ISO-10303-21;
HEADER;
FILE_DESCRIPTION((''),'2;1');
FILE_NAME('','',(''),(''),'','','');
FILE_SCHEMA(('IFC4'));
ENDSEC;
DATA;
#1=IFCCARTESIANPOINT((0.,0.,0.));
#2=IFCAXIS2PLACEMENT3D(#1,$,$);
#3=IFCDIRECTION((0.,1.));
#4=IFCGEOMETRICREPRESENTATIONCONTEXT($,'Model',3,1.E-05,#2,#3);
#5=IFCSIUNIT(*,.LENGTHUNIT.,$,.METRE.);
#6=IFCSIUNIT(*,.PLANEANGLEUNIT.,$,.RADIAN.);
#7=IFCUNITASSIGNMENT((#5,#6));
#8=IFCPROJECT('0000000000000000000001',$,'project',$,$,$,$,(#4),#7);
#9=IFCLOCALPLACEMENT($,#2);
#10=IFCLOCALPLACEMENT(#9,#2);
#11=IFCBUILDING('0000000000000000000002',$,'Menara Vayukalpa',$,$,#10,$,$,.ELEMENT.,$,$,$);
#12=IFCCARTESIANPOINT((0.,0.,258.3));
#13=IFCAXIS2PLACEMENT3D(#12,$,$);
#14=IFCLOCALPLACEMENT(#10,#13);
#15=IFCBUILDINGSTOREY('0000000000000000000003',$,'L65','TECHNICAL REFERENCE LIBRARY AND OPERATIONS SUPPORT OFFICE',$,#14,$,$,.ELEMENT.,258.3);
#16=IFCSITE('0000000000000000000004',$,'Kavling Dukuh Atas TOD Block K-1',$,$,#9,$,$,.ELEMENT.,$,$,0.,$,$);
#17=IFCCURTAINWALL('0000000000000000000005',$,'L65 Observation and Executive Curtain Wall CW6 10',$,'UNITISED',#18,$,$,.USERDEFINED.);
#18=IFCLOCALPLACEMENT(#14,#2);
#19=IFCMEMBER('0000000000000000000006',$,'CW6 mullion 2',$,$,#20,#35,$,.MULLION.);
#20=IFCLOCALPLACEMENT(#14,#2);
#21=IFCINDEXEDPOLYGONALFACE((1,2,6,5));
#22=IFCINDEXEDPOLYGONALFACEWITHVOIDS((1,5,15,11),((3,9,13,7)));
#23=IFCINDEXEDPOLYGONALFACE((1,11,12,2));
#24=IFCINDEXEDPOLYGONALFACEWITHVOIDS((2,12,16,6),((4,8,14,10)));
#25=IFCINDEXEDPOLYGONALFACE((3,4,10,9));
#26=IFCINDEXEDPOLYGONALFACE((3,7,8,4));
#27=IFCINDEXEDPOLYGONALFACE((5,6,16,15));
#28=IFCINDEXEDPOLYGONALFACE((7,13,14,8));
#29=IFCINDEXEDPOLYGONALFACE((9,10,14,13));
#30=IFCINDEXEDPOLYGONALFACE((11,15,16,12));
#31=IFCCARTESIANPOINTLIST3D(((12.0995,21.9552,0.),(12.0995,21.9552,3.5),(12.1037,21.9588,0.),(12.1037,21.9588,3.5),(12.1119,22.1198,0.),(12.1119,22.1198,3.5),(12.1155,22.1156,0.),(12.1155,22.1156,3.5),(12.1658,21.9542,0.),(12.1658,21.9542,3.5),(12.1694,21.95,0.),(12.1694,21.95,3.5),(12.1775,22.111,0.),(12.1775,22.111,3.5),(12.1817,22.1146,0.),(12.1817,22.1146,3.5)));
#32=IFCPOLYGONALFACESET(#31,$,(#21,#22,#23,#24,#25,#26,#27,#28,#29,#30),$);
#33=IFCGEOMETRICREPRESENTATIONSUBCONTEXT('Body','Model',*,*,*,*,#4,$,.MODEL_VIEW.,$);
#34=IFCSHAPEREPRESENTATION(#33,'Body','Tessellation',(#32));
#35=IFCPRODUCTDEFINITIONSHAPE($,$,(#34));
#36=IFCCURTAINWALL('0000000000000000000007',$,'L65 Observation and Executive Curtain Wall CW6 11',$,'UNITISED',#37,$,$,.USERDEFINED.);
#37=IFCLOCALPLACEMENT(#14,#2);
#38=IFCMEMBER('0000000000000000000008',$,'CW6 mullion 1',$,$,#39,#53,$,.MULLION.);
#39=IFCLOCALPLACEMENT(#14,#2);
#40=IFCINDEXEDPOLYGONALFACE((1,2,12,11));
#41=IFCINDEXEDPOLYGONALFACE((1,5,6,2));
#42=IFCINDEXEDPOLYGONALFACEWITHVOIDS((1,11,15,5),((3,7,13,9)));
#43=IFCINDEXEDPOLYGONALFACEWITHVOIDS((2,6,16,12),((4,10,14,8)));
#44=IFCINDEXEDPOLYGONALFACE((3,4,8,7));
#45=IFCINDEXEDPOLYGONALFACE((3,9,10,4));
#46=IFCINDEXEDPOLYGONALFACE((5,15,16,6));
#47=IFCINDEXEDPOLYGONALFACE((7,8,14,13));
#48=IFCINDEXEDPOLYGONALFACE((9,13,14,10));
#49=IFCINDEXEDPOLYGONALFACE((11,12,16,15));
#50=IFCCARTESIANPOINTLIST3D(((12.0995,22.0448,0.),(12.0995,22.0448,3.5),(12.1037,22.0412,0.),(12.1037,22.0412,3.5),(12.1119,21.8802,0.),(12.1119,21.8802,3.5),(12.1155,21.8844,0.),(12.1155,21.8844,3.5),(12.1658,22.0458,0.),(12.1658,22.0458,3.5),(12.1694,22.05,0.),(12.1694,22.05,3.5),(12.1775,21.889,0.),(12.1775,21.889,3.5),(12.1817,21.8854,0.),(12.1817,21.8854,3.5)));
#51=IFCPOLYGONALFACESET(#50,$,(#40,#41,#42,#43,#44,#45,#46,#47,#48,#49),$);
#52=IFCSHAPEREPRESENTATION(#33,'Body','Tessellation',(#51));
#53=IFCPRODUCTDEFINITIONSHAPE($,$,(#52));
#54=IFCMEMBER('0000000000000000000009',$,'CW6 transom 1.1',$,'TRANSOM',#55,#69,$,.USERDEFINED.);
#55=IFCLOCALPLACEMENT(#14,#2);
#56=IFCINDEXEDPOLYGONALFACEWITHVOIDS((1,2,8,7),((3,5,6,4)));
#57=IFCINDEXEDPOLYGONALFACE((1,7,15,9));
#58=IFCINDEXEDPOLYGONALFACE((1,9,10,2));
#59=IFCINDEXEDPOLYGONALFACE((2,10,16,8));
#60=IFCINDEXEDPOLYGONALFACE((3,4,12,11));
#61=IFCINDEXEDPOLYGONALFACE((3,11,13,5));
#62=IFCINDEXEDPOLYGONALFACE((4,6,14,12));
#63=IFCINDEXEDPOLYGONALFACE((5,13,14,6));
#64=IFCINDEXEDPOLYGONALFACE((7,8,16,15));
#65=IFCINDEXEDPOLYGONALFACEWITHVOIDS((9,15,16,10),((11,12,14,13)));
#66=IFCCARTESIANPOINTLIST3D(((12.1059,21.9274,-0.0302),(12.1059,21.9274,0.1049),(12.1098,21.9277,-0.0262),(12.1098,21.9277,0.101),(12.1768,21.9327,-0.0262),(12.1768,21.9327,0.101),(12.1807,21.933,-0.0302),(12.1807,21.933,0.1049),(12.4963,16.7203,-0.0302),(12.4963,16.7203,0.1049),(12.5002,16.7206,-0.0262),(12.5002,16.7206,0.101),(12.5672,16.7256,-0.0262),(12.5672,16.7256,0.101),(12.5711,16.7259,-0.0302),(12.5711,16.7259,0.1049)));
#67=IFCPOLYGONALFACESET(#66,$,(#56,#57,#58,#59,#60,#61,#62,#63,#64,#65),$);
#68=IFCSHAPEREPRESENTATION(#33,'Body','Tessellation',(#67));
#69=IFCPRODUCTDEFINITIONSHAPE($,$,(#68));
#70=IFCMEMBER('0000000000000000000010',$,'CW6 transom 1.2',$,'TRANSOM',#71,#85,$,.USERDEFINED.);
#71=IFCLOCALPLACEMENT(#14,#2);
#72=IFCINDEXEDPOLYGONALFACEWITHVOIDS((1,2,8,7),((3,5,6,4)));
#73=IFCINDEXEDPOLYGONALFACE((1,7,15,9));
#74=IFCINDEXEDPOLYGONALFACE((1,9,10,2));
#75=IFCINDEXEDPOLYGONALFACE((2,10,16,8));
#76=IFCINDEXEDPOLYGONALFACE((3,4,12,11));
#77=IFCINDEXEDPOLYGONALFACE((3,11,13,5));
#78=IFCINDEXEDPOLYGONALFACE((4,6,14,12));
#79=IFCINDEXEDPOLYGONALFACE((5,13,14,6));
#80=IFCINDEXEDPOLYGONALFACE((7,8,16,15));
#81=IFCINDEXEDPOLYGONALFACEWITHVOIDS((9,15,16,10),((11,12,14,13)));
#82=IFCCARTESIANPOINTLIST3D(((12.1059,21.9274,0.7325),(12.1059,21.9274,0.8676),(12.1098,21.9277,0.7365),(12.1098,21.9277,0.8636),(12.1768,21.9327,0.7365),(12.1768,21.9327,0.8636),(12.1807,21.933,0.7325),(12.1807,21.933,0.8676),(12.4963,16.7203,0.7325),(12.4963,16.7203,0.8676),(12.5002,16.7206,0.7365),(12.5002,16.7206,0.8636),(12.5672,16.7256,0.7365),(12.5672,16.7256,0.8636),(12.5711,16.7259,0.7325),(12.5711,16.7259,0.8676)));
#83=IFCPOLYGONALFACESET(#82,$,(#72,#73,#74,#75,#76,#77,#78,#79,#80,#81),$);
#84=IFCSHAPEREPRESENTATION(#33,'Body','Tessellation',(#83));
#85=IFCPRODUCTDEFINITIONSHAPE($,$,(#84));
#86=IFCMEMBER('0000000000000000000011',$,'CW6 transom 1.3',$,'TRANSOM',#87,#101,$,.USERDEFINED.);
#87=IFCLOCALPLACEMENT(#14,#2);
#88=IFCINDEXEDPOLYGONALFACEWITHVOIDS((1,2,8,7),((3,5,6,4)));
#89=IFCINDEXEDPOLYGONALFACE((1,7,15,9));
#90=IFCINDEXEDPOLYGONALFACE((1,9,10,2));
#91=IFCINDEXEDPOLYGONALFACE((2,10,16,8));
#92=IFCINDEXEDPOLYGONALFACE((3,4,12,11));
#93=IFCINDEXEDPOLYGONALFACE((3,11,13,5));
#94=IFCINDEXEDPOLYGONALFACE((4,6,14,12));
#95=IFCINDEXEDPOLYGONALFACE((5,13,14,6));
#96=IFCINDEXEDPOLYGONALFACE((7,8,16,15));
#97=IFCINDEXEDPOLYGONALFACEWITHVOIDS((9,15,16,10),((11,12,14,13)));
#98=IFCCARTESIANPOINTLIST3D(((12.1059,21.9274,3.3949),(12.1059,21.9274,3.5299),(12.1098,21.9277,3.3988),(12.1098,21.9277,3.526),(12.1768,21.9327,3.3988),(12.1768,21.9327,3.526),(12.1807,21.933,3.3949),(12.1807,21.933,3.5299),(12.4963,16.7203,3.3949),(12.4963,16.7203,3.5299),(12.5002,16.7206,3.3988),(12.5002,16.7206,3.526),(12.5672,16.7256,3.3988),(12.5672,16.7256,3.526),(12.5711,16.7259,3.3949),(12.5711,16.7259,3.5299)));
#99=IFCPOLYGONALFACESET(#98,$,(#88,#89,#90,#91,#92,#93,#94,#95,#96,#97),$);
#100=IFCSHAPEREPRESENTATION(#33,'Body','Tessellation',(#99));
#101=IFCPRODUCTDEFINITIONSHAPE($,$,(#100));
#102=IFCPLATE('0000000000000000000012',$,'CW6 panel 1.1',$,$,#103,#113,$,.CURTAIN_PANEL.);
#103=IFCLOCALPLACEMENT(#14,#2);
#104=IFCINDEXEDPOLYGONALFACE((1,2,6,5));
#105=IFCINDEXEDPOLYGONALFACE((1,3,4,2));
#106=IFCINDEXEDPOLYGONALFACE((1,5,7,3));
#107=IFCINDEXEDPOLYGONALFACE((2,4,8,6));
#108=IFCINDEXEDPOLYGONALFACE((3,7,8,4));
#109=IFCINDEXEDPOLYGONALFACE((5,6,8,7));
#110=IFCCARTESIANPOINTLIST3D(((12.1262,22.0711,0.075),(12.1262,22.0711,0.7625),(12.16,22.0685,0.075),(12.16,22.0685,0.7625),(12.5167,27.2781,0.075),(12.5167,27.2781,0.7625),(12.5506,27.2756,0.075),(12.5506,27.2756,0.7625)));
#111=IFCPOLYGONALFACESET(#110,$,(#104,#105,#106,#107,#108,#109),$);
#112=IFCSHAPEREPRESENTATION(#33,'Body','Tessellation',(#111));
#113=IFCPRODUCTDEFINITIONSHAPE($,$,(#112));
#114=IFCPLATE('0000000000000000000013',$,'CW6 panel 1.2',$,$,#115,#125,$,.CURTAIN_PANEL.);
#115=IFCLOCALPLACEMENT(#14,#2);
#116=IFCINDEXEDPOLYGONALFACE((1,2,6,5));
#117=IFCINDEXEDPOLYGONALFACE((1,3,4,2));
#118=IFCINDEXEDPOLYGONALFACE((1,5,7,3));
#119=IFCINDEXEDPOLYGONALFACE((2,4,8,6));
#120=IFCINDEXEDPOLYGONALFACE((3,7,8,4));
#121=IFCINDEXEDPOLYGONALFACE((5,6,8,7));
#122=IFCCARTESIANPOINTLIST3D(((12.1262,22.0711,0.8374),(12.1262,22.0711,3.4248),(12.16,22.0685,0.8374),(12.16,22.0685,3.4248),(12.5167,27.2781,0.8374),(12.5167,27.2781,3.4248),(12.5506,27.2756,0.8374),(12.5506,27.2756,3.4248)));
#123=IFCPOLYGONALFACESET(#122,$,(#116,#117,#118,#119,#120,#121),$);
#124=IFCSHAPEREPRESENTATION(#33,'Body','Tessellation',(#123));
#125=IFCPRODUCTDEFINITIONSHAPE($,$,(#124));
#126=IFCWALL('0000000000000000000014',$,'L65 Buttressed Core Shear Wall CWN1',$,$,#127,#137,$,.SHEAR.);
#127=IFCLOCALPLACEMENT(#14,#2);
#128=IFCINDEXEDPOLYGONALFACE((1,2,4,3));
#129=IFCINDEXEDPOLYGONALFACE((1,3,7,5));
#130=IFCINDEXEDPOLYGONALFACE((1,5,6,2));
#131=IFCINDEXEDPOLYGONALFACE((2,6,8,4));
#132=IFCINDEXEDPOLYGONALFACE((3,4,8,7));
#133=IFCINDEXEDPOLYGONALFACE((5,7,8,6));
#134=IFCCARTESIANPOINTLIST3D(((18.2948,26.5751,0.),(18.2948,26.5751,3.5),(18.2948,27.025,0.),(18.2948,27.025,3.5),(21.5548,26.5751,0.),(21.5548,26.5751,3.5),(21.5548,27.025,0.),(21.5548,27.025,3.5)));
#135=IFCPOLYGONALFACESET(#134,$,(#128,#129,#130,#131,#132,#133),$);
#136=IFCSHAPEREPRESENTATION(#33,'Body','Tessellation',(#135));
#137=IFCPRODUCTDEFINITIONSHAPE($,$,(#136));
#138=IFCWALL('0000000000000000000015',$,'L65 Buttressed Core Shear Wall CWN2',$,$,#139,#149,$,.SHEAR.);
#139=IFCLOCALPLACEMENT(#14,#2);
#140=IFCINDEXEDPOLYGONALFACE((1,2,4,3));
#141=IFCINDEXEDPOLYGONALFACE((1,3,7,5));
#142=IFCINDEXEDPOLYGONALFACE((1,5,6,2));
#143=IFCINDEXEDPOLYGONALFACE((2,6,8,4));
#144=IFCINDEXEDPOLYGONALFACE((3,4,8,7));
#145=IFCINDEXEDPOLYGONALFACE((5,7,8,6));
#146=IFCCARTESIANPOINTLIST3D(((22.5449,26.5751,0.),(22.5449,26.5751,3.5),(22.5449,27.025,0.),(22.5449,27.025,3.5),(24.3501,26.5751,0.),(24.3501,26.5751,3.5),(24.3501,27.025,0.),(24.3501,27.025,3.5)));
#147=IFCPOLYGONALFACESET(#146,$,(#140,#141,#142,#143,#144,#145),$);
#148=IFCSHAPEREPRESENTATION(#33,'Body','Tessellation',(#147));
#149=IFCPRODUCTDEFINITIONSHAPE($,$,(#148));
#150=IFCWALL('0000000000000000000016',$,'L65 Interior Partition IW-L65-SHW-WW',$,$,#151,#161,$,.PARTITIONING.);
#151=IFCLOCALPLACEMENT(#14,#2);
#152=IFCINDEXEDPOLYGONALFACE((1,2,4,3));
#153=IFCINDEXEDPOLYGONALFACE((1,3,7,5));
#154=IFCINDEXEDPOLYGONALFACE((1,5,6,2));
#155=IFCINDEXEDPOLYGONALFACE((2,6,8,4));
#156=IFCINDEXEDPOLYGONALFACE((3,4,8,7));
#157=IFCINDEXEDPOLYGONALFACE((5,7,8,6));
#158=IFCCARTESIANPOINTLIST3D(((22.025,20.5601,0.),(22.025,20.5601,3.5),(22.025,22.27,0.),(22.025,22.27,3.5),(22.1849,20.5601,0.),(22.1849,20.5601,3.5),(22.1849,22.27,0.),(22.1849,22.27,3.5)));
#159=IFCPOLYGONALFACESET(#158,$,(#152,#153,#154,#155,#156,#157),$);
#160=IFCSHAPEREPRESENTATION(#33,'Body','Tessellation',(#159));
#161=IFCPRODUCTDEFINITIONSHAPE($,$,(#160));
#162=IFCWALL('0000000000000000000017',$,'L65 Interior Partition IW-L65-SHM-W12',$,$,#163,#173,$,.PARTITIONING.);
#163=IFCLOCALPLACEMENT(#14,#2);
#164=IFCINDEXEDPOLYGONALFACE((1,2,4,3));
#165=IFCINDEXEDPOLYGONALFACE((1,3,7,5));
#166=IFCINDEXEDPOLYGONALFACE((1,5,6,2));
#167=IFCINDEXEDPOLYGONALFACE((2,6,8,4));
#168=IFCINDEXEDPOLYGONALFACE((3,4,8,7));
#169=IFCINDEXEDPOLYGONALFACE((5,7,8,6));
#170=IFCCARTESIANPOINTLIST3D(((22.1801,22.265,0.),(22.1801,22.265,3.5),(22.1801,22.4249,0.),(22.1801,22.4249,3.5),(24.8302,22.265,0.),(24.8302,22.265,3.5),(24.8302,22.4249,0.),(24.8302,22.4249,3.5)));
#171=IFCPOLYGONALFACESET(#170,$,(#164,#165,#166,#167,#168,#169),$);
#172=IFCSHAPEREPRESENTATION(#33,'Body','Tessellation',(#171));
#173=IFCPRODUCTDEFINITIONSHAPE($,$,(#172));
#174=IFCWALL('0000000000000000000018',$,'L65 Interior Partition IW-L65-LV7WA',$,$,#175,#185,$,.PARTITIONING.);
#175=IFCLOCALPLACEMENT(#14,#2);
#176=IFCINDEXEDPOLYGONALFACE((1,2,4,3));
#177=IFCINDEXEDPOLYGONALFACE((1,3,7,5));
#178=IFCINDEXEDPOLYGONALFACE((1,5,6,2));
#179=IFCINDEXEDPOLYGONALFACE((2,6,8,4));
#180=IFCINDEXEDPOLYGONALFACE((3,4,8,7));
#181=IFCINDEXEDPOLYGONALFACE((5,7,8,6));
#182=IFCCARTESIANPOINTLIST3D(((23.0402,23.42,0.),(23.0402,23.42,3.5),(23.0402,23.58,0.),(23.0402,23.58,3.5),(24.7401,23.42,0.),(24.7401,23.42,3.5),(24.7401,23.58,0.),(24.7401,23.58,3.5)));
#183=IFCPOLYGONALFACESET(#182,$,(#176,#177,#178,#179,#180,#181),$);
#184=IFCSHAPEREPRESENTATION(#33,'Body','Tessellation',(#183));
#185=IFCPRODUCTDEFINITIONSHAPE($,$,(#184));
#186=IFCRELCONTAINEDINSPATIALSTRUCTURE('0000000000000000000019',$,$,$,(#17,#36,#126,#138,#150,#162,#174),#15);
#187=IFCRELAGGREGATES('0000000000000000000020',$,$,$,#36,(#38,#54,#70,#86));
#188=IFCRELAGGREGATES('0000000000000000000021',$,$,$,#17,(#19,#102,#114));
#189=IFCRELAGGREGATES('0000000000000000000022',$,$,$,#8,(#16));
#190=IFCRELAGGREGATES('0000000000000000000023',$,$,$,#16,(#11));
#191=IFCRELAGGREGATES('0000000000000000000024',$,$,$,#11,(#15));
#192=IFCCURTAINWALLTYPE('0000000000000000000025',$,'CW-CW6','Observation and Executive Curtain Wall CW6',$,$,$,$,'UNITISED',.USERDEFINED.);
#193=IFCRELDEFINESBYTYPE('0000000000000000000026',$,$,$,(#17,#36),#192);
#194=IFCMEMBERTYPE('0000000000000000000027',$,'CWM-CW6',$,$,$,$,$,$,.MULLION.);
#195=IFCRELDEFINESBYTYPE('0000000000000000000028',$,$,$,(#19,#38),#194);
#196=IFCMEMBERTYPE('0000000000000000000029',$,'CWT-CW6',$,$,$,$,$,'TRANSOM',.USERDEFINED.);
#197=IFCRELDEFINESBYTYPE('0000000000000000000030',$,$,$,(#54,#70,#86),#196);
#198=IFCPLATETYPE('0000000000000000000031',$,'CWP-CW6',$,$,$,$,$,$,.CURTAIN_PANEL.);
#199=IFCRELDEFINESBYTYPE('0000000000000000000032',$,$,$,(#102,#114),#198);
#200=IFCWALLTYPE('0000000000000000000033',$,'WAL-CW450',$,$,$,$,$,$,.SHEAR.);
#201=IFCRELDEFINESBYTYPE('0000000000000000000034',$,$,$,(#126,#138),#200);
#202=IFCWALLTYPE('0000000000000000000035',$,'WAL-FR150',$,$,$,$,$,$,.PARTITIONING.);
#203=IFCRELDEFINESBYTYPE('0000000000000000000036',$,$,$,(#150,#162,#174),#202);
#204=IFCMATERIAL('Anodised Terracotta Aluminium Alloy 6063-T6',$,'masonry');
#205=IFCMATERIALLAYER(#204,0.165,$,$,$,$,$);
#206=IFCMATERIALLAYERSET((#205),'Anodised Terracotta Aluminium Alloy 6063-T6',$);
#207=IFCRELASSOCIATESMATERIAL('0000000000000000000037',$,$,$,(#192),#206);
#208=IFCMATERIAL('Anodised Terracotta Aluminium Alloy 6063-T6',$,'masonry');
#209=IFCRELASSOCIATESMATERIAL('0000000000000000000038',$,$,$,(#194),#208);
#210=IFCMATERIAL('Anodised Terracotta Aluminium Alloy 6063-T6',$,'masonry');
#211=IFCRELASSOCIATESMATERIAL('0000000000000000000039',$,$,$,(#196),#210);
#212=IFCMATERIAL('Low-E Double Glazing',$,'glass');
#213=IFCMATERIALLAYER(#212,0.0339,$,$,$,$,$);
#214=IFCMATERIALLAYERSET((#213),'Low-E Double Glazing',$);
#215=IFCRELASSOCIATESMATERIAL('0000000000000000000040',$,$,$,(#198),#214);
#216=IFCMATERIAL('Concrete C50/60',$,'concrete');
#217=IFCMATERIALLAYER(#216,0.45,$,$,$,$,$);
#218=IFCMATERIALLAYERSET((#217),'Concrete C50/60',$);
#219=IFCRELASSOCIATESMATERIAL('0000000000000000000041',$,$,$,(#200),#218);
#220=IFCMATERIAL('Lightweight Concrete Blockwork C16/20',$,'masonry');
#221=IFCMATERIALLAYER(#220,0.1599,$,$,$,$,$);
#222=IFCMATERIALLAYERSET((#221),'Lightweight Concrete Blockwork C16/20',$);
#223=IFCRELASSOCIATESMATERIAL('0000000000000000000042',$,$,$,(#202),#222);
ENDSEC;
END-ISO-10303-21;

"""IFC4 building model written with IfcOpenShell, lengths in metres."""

from ifc_helpers import new_model, si_unit, direction, frame, frame_2d, origin, origin_2d, place, context, subcontext, project, spatial, rectangle, hollow_rectangle, extrude, material, layer, layer_set, material_profile, profile_set, type_object, element, aggregate, save


model = new_model("IFC4")

# Units and contexts
model_context = context("Model", 3, precision=1e-05, world=origin(), true_north=direction((0.0, 1.0)))
body_context = subcontext(model_context, "Body", "Model", "MODEL_VIEW")
ifc_project = project(units=[si_unit("LENGTHUNIT", "METRE"), si_unit("PLANEANGLEUNIT", "RADIAN")], contexts=[model_context])

# Site, building, storey
site_placement = place(None, origin())
site = spatial("IfcSite", under=ifc_project, at=site_placement, Name="Kavling Dukuh Atas TOD Block K-1", CompositionType="ELEMENT", RefElevation=0.0)
building_placement = place(site_placement, origin())
building = spatial("IfcBuilding", under=site, at=building_placement, Name="Menara Vayukalpa", CompositionType="ELEMENT")
storey_placement = place(building_placement, frame((0.0, 0.0, 258.3)))
storey = spatial("IfcBuildingStorey", under=building, at=storey_placement, Name="L65", Description="TECHNICAL REFERENCE LIBRARY AND OPERATIONS SUPPORT OFFICE", CompositionType="ELEMENT", Elevation=258.3)

# Curtain wall, member
ifc_material_1 = material(Name="Anodised Terracotta Aluminium Alloy 6063-T6", Category="masonry")
ifc_layer_1 = layer(ifc_material_1, 0.165)
ifc_layer_set_1 = layer_set([ifc_layer_1], Name="Anodised Terracotta Aluminium Alloy 6063-T6")
curtain_wall_type = type_object("IfcCurtainWallType", Name="CW-CW6", Description="Observation and Executive Curtain Wall CW6", ElementType="UNITISED", PredefinedType="USERDEFINED", material=ifc_layer_set_1)
curtain_wall_1_placement = place(storey_placement, origin())
curtain_wall_1 = element("IfcCurtainWall", 1, at=curtain_wall_1_placement, inside=storey, type_object=curtain_wall_type, Name="L65 Observation and Executive Curtain Wall CW6 10", ObjectType="UNITISED", PredefinedType="USERDEFINED")
ifc_material_2 = material(Name="Anodised Terracotta Aluminium Alloy 6063-T6", Category="masonry")
ifc_material_profile_1 = material_profile(ifc_material_2, hollow_rectangle(XDim=0.0701, YDim=0.165, WallThickness=0.0039, at=origin_2d()), Name="ALU 70x165x4")
ifc_profile_set_1 = profile_set([ifc_material_profile_1], Name="Anodised Terracotta Aluminium Alloy 6063-T6")
member_type_1 = type_object("IfcMemberType", Name="CWM-CW6", PredefinedType="MULLION", material=ifc_profile_set_1)
member_1_placement = place(storey_placement, frame((12.1406, 22.0349, 0.0), z_axis=(0.0, 0.0, 1.0), x_axis=(0.997199, -0.074789, 0.0)))
member_1 = element("IfcMember", 2, at=member_1_placement, type_object=member_type_1, Name="CW6 mullion 2", PredefinedType="MULLION", context=body_context, shape_type="SweptSolid", body=[
    extrude(hollow_rectangle(XDim=0.0701, YDim=0.165, WallThickness=0.0039, at=origin_2d()), origin(), (0.0, 0.0, 1.0), 3.5),
])

# Curtain wall, members
curtain_wall_2_placement = place(storey_placement, origin())
curtain_wall_2 = element("IfcCurtainWall", 3, at=curtain_wall_2_placement, inside=storey, type_object=curtain_wall_type, Name="L65 Observation and Executive Curtain Wall CW6 11", ObjectType="UNITISED", PredefinedType="USERDEFINED")
member_2_placement = place(storey_placement, frame((12.1406, 21.9651, 0.0), z_axis=(0.0, 0.0, 1.0), x_axis=(0.997199, 0.074789, 0.0)))
member_2 = element("IfcMember", 4, at=member_2_placement, type_object=member_type_1, Name="CW6 mullion 1", PredefinedType="MULLION", context=body_context, shape_type="SweptSolid", body=[
    extrude(hollow_rectangle(XDim=0.0701, YDim=0.165, WallThickness=0.0039, at=origin_2d()), origin(), (0.0, 0.0, 1.0), 3.5),
])
ifc_material_3 = material(Name="Anodised Terracotta Aluminium Alloy 6063-T6", Category="masonry")
ifc_material_profile_2 = material_profile(ifc_material_3, hollow_rectangle(XDim=0.075, YDim=0.135, WallThickness=0.0039, at=origin_2d()), Name="ALU 75x135x4")
ifc_profile_set_2 = profile_set([ifc_material_profile_2], Name="Anodised Terracotta Aluminium Alloy 6063-T6")
member_type_2 = type_object("IfcMemberType", Name="CWT-CW6", ElementType="TRANSOM", PredefinedType="USERDEFINED", material=ifc_profile_set_2)
member_3_placement = place(storey_placement, frame((12.1433, 21.9302, 0.0374), z_axis=(0.074762, -0.997201, 0.0), x_axis=(0.997201, 0.074762, 0.0)))
member_3 = element("IfcMember", 5, at=member_3_placement, type_object=member_type_2, Name="CW6 transom 1.1", ObjectType="TRANSOM", PredefinedType="USERDEFINED", context=body_context, shape_type="SweptSolid", body=[
    extrude(hollow_rectangle(XDim=0.075, YDim=0.135, WallThickness=0.0039, at=origin_2d()), origin(), (0.0, 0.0, 1.0), 5.2217),
])
member_4_placement = place(storey_placement, frame((12.1433, 21.9302, 0.8), z_axis=(0.074762, -0.997201, 0.0), x_axis=(0.997201, 0.074762, 0.0)))
member_4 = element("IfcMember", 6, at=member_4_placement, type_object=member_type_2, Name="CW6 transom 1.2", ObjectType="TRANSOM", PredefinedType="USERDEFINED", context=body_context, shape_type="SweptSolid", body=[
    extrude(hollow_rectangle(XDim=0.075, YDim=0.135, WallThickness=0.0039, at=origin_2d()), origin(), (0.0, 0.0, 1.0), 5.2217),
])
member_5_placement = place(storey_placement, frame((12.1433, 21.9302, 3.4624), z_axis=(0.074762, -0.997201, 0.0), x_axis=(0.997201, 0.074762, 0.0)))
member_5 = element("IfcMember", 7, at=member_5_placement, type_object=member_type_2, Name="CW6 transom 1.3", ObjectType="TRANSOM", PredefinedType="USERDEFINED", context=body_context, shape_type="SweptSolid", body=[
    extrude(hollow_rectangle(XDim=0.075, YDim=0.135, WallThickness=0.0039, at=origin_2d()), origin(), (0.0, 0.0, 1.0), 5.2217),
])
aggregate(curtain_wall_2, [member_2, member_3, member_4, member_5])

# Plates
ifc_material_4 = material(Name="Low-E Double Glazing", Category="glass")
ifc_layer_2 = layer(ifc_material_4, 0.0339)
ifc_layer_set_2 = layer_set([ifc_layer_2], Name="Low-E Double Glazing")
plate_type = type_object("IfcPlateType", Name="CWP-CW6", PredefinedType="CURTAIN_PANEL", material=ifc_layer_set_2)
plate_1_placement = place(storey_placement, frame((12.3384, 24.6733, 0.075), z_axis=(0.0, 0.0, 1.0), x_axis=(-0.074789, -0.997199, 0.0)))
plate_1 = element("IfcPlate", 8, at=plate_1_placement, type_object=plate_type, Name="CW6 panel 1.1", PredefinedType="CURTAIN_PANEL", context=body_context, shape_type="SweptSolid", body=[
    extrude(rectangle(XDim=5.2217, YDim=0.0339, at=origin_2d()), origin(), (0.0, 0.0, 1.0), 0.6875),
])
plate_2_placement = place(storey_placement, frame((12.3384, 24.6733, 0.8374), z_axis=(0.0, 0.0, 1.0), x_axis=(-0.074789, -0.997199, 0.0)))
plate_2 = element("IfcPlate", 9, at=plate_2_placement, type_object=plate_type, Name="CW6 panel 1.2", PredefinedType="CURTAIN_PANEL", context=body_context, shape_type="SweptSolid", body=[
    extrude(rectangle(XDim=5.2217, YDim=0.0339, at=origin_2d()), origin(), (0.0, 0.0, 1.0), 2.5874),
])
aggregate(curtain_wall_1, [member_1, plate_1, plate_2])

# Walls
ifc_material_5 = material(Name="Concrete C50/60", Category="concrete")
ifc_layer_3 = layer(ifc_material_5, 0.45)
ifc_layer_set_3 = layer_set([ifc_layer_3], Name="Concrete C50/60")
wall_type_1 = type_object("IfcWallType", Name="WAL-CW450", PredefinedType="SHEAR", material=ifc_layer_set_3)
wall_1_placement = place(storey_placement, frame((18.2949, 26.8, 0.0), z_axis=(0.0, 0.0, 1.0), x_axis=(1.0, 0.0, 0.0)))
element("IfcWall", 10, at=wall_1_placement, inside=storey, type_object=wall_type_1, Name="L65 Buttressed Core Shear Wall CWN1", PredefinedType="SHEAR", context=body_context, shape_type="SweptSolid", body=[
    extrude(rectangle(XDim=3.26, YDim=0.45, at=frame_2d((1.6299, 0.0))), origin(), (0.0, 0.0, 1.0), 3.5),
])
wall_2_placement = place(storey_placement, frame((22.5449, 26.8, 0.0), z_axis=(0.0, 0.0, 1.0), x_axis=(1.0, 0.0, 0.0)))
element("IfcWall", 11, at=wall_2_placement, inside=storey, type_object=wall_type_1, Name="L65 Buttressed Core Shear Wall CWN2", PredefinedType="SHEAR", context=body_context, shape_type="SweptSolid", body=[
    extrude(rectangle(XDim=1.8052, YDim=0.45, at=frame_2d((0.9026, 0.0))), origin(), (0.0, 0.0, 1.0), 3.5),
])
ifc_material_6 = material(Name="Lightweight Concrete Blockwork C16/20", Category="masonry")
ifc_layer_4 = layer(ifc_material_6, 0.1599)
ifc_layer_set_4 = layer_set([ifc_layer_4], Name="Lightweight Concrete Blockwork C16/20")
wall_type_2 = type_object("IfcWallType", Name="WAL-FR150", PredefinedType="PARTITIONING", material=ifc_layer_set_4)
wall_3_placement = place(storey_placement, frame((22.105, 20.5601, 0.0), z_axis=(0.0, 0.0, 1.0), x_axis=(0.0, 1.0, 0.0)))
element("IfcWall", 12, at=wall_3_placement, inside=storey, type_object=wall_type_2, Name="L65 Interior Partition IW-L65-SHW-WW", PredefinedType="PARTITIONING", context=body_context, shape_type="SweptSolid", body=[
    extrude(rectangle(XDim=1.71, YDim=0.1599, at=frame_2d((0.855, 0.0))), origin(), (0.0, 0.0, 1.0), 3.5),
])
wall_4_placement = place(storey_placement, frame((22.1799, 22.345, 0.0), z_axis=(0.0, 0.0, 1.0), x_axis=(1.0, 0.0, 0.0)))
element("IfcWall", 13, at=wall_4_placement, inside=storey, type_object=wall_type_2, Name="L65 Interior Partition IW-L65-SHM-W12", PredefinedType="PARTITIONING", context=body_context, shape_type="SweptSolid", body=[
    extrude(rectangle(XDim=2.6501, YDim=0.1599, at=frame_2d((1.3252, 0.0))), origin(), (0.0, 0.0, 1.0), 3.5),
])
wall_5_placement = place(storey_placement, frame((23.04, 23.5, 0.0), z_axis=(0.0, 0.0, 1.0), x_axis=(1.0, 0.0, 0.0)))
element("IfcWall", 14, at=wall_5_placement, inside=storey, type_object=wall_type_2, Name="L65 Interior Partition IW-L65-LV7WA", PredefinedType="PARTITIONING", context=body_context, shape_type="SweptSolid", body=[
    extrude(rectangle(XDim=1.7, YDim=0.1599, at=frame_2d((0.8501, 0.0))), origin(), (0.0, 0.0, 1.0), 3.5),
])

save(model, "model.ifc")
